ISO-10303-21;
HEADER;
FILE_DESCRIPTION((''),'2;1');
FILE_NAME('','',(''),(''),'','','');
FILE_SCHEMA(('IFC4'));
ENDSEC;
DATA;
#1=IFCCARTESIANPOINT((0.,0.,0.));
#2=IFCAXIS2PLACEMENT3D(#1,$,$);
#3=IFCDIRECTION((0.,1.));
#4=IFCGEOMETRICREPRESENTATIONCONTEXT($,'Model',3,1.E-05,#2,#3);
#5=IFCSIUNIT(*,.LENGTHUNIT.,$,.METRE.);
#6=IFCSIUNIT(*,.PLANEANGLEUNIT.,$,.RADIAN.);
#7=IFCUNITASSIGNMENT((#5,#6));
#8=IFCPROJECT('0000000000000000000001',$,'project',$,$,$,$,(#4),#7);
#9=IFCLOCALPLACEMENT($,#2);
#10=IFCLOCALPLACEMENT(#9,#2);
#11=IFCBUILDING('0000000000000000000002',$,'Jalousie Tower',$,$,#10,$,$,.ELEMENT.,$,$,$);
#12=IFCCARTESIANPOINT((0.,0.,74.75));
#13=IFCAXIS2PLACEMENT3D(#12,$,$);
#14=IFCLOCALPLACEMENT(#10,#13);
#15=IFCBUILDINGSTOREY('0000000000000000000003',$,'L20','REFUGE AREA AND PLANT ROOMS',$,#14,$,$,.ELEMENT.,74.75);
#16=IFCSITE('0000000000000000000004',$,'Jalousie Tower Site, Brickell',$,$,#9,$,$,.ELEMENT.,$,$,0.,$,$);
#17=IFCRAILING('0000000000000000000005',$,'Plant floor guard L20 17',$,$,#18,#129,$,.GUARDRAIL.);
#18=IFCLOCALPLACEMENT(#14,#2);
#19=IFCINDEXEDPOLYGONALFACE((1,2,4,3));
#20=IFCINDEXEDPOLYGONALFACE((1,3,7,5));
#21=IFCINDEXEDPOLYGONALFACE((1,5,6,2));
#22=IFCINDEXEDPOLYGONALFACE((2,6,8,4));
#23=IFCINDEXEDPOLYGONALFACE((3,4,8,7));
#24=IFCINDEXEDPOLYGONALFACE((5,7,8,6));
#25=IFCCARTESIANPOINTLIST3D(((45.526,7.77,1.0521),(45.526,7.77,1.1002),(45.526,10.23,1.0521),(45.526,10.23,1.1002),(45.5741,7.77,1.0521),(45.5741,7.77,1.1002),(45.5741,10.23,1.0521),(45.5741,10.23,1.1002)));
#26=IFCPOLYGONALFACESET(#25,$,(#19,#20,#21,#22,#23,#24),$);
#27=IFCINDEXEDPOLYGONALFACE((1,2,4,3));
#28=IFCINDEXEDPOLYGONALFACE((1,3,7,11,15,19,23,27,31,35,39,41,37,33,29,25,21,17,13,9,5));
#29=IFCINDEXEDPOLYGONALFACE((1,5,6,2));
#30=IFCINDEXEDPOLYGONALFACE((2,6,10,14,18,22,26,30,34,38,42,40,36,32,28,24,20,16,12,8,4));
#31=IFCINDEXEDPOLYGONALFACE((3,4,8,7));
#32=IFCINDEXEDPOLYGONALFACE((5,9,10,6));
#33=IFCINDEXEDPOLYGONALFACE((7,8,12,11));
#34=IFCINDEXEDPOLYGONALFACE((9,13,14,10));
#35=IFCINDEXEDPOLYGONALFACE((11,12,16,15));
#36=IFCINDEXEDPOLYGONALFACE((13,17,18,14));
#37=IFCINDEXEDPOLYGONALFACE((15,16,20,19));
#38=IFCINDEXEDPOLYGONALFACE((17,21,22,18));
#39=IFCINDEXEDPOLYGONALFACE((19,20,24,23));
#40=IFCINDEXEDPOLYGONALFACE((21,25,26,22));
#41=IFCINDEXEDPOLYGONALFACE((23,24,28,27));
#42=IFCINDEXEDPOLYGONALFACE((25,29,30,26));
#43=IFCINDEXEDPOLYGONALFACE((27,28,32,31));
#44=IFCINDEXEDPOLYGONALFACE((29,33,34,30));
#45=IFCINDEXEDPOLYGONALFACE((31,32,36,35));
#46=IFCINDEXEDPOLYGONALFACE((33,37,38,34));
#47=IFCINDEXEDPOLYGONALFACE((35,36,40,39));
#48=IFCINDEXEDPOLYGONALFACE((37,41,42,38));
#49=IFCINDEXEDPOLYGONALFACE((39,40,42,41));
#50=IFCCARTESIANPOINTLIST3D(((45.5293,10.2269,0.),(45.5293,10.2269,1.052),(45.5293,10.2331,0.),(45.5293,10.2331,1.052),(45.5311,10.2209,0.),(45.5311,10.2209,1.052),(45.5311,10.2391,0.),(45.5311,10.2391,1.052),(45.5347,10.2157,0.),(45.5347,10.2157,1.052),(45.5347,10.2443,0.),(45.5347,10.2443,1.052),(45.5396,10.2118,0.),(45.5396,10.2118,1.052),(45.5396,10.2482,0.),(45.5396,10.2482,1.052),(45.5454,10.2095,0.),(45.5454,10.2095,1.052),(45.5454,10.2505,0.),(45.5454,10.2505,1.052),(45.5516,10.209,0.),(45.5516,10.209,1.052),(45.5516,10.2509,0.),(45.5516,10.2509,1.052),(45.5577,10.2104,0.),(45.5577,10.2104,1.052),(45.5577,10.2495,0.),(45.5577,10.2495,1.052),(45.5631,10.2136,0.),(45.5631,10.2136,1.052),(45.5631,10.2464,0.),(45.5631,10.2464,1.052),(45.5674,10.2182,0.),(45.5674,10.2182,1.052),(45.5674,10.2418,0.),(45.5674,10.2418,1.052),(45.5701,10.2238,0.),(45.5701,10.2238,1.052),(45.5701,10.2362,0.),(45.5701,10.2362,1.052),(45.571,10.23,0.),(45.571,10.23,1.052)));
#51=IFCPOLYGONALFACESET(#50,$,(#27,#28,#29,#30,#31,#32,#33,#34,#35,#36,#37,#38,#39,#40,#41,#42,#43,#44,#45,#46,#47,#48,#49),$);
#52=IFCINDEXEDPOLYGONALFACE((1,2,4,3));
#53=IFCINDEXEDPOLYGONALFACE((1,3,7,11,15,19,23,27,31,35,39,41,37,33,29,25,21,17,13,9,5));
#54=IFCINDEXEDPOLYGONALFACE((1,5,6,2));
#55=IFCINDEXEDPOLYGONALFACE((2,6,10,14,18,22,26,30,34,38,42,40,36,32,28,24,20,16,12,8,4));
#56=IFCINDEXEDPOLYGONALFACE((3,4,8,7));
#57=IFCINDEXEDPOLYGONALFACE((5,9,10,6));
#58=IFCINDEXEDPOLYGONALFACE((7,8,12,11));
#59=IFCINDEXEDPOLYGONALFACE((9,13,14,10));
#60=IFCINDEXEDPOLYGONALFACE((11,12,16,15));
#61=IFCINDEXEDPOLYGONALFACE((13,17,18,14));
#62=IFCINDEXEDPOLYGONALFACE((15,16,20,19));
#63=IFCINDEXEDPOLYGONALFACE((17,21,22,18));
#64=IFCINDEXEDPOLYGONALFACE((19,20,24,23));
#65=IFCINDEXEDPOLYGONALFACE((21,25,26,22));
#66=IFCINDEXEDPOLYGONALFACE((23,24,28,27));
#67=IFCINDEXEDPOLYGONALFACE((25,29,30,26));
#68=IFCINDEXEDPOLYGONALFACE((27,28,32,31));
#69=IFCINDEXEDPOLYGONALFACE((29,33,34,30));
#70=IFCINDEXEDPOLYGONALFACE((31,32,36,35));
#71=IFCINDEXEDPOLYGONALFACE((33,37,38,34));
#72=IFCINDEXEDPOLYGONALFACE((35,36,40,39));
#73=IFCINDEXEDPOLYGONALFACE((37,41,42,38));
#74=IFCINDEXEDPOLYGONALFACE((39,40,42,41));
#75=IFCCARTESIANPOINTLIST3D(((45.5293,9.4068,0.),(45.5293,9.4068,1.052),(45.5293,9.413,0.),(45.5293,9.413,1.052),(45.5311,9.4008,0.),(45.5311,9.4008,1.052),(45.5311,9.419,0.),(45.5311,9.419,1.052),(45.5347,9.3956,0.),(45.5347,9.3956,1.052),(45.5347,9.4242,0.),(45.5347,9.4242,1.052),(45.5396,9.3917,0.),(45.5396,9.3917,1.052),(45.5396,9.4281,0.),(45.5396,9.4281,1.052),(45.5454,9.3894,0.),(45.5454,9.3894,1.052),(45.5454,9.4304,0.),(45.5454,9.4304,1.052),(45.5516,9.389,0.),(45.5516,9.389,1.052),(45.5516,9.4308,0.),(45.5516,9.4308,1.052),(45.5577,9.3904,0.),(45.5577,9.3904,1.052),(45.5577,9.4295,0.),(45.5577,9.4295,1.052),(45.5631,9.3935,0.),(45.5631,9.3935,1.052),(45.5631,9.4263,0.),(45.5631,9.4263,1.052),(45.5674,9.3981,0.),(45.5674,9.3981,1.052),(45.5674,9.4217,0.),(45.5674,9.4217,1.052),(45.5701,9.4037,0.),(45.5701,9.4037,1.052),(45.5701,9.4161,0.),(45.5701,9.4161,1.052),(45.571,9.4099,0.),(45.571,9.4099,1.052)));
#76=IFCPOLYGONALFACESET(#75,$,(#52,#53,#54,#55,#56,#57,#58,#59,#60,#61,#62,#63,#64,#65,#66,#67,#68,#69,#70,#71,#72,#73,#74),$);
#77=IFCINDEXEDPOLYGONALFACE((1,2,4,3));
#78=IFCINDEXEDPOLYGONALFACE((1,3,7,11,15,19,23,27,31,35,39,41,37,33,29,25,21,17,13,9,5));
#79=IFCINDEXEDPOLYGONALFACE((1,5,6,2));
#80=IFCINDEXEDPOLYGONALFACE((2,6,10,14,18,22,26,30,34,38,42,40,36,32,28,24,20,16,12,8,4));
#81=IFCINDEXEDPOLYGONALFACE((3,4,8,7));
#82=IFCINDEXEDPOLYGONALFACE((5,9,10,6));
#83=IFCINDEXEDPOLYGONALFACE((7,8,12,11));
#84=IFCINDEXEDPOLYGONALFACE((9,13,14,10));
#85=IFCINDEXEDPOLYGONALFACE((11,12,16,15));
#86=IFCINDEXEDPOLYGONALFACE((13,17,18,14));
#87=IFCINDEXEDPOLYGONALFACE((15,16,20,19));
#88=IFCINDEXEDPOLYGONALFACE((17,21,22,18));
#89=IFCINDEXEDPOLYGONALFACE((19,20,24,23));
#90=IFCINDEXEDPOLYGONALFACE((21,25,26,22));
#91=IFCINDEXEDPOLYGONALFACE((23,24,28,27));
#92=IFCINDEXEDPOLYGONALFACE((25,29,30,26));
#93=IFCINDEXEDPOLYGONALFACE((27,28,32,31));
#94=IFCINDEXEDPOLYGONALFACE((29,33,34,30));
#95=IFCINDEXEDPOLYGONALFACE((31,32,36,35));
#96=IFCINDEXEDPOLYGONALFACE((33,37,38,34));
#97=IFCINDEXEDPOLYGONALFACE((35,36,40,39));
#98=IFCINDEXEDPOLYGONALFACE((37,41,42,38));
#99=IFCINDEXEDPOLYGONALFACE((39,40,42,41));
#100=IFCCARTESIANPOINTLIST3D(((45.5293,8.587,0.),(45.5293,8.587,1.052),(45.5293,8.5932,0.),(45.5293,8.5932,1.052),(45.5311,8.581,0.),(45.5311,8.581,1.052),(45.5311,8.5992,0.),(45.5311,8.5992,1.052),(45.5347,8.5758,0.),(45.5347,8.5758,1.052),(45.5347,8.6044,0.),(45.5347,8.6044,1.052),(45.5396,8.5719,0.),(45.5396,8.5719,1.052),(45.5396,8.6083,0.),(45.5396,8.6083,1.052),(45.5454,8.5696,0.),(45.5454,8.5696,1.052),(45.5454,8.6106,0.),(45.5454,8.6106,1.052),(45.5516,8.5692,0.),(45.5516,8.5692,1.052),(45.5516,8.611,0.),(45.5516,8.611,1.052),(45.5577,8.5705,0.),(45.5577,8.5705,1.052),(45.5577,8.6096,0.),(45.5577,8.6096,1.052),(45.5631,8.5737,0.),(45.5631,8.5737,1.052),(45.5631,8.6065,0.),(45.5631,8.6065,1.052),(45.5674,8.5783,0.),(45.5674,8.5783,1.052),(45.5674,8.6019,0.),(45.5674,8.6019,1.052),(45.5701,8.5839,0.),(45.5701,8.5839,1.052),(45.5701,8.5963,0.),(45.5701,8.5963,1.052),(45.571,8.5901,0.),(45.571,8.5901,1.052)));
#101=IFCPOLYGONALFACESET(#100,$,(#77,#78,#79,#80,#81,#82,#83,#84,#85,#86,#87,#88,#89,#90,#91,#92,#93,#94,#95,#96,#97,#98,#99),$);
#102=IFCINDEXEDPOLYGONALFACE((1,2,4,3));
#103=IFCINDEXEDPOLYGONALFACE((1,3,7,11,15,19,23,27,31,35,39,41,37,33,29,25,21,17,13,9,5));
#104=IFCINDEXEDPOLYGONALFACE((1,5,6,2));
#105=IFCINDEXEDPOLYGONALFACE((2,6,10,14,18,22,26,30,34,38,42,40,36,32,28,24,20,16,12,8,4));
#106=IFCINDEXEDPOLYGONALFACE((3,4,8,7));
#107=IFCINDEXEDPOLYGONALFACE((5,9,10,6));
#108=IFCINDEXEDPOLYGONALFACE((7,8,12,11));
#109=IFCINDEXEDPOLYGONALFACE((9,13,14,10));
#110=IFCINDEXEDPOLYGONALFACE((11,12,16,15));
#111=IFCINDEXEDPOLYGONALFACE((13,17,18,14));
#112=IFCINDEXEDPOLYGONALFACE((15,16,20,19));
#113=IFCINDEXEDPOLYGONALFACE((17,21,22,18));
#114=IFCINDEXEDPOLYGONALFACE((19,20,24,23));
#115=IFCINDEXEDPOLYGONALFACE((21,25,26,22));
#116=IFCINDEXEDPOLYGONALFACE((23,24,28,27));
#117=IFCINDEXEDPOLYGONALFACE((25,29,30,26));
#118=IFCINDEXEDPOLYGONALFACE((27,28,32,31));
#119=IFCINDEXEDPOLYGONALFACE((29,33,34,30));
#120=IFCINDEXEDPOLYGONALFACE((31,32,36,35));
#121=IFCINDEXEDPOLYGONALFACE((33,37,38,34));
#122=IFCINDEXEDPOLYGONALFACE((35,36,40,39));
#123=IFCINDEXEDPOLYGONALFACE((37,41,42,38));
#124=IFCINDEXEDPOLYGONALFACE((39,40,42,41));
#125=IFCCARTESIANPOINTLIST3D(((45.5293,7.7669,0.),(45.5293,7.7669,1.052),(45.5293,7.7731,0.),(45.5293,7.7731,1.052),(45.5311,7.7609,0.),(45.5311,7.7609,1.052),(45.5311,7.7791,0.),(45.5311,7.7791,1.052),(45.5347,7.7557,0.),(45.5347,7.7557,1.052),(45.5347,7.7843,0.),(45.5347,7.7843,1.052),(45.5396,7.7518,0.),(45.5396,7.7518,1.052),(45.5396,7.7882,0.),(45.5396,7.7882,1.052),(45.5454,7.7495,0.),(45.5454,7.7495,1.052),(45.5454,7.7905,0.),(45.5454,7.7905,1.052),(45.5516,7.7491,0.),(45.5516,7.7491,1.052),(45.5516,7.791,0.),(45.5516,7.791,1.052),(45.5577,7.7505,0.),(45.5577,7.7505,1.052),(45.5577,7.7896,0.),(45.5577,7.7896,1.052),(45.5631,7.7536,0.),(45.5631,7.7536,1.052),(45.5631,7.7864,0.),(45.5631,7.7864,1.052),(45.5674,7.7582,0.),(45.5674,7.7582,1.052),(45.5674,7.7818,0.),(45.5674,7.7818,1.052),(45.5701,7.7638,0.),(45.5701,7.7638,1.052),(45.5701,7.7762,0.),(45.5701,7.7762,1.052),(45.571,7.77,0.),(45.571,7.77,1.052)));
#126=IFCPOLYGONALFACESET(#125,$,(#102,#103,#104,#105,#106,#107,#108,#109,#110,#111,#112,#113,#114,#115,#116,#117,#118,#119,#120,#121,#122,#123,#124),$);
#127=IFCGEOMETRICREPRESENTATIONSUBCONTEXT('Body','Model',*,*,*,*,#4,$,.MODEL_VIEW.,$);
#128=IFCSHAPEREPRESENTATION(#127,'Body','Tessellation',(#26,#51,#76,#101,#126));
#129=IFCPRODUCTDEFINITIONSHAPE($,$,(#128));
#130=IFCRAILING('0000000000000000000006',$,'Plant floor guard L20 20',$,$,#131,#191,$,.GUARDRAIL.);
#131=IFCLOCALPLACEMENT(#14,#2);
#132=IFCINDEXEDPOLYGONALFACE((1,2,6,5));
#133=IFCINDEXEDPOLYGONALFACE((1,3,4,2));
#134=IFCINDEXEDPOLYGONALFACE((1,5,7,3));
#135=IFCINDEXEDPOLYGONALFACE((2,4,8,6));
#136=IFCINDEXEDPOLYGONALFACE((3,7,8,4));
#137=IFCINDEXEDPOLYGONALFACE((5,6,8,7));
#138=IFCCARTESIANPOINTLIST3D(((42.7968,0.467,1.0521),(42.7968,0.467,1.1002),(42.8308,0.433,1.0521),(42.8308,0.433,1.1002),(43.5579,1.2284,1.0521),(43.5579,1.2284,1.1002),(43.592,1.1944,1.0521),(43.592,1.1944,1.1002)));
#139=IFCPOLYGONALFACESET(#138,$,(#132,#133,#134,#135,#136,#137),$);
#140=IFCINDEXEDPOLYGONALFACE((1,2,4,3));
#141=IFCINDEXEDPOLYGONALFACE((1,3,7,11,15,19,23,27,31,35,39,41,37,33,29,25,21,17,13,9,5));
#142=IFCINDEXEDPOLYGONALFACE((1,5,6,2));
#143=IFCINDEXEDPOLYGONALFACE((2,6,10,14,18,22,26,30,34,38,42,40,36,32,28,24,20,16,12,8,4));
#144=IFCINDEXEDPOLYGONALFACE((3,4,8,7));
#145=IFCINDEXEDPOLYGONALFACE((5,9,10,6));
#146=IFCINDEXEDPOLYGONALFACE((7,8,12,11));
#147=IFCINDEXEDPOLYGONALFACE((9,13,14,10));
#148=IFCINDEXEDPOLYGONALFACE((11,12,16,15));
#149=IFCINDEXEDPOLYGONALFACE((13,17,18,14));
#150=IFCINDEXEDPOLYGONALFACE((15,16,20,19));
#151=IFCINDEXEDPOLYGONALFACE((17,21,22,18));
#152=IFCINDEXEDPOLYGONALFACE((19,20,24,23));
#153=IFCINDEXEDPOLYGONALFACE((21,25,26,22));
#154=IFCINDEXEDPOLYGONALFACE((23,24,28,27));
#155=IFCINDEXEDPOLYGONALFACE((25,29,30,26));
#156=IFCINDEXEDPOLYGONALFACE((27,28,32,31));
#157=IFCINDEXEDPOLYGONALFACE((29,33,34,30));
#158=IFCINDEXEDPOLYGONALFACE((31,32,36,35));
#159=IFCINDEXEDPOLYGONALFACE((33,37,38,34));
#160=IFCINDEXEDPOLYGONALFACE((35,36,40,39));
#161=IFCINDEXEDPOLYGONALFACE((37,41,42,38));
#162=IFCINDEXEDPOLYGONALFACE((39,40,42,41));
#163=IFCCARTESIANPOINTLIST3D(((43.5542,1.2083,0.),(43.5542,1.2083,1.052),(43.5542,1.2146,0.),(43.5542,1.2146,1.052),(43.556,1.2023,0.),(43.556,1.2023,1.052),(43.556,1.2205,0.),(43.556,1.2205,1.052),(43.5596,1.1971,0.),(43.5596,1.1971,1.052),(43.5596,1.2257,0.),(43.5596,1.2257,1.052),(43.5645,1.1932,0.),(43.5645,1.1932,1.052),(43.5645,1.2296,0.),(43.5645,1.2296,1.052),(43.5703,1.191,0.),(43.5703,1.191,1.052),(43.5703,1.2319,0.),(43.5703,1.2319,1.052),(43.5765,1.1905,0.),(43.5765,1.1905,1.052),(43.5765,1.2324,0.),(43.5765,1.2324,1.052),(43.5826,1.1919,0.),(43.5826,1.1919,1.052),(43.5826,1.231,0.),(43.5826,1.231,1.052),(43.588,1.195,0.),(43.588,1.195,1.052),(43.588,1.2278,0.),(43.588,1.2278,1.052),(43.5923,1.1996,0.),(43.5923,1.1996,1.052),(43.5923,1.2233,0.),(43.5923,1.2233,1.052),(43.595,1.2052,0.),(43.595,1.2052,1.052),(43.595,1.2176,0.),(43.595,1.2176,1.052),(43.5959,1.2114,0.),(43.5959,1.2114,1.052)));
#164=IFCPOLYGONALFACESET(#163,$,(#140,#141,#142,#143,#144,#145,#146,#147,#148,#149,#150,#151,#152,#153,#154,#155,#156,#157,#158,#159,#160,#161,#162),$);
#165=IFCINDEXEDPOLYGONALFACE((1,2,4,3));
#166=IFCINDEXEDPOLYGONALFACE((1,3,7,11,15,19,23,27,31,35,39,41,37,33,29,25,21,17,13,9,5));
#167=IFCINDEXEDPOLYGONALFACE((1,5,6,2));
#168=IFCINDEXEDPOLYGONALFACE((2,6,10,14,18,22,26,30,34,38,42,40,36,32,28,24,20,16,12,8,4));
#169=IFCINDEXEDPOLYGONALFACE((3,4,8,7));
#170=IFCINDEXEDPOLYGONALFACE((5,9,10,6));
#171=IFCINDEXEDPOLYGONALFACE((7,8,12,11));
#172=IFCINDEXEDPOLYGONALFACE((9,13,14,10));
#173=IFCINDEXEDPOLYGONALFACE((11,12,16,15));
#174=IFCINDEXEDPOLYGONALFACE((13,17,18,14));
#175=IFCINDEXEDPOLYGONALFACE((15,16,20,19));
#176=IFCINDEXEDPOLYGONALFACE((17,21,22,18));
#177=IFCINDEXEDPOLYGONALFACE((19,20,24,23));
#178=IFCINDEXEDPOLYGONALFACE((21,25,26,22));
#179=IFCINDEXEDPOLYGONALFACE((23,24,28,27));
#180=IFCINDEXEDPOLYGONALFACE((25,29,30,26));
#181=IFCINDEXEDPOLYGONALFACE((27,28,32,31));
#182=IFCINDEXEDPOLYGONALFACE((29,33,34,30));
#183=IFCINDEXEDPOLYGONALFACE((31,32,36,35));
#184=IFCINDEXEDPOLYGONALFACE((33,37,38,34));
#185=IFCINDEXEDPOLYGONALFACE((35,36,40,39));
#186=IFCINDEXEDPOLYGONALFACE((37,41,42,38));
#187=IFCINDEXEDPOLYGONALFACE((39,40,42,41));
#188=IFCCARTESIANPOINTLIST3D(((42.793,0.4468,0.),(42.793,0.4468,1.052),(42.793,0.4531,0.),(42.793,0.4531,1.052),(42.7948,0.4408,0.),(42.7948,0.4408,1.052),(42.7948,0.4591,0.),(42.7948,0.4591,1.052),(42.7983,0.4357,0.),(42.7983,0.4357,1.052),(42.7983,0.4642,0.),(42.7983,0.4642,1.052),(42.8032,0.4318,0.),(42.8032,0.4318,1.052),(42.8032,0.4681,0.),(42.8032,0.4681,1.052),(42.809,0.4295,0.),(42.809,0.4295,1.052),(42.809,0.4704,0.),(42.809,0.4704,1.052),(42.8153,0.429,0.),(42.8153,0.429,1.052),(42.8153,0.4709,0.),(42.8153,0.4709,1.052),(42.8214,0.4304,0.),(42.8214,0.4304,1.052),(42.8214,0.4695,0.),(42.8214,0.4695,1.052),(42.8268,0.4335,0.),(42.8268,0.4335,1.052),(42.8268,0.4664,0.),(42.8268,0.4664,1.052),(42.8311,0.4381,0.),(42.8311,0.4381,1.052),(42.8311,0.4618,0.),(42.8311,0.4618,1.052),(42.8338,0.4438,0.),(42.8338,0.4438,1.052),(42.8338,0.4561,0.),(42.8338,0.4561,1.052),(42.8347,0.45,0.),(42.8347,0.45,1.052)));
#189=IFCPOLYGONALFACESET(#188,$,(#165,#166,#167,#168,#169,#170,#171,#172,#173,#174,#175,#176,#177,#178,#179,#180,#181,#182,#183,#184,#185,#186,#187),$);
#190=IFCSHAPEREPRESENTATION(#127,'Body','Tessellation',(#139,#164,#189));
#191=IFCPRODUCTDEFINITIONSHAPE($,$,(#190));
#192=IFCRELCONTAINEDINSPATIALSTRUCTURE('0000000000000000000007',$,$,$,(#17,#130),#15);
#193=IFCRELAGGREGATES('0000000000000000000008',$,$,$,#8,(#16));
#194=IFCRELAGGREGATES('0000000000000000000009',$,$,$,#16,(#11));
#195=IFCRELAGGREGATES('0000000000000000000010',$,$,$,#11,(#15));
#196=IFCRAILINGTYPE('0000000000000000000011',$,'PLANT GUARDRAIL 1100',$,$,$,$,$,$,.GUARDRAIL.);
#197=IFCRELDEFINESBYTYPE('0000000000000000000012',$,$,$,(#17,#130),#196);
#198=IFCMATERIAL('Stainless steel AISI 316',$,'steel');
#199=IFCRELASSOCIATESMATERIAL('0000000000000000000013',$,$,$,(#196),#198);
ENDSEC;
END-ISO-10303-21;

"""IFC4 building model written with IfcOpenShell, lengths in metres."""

from ifc_helpers import new_model, si_unit, direction, frame, origin, origin_2d, place, context, subcontext, project, spatial, rectangle, circle, extrude, material, type_object, element, save


model = new_model("IFC4")

# Units and contexts
model_context = context("Model", 3, precision=1e-05, world=origin(), true_north=direction((0.0, 1.0)))
body_context = subcontext(model_context, "Body", "Model", "MODEL_VIEW")
ifc_project = project(units=[si_unit("LENGTHUNIT", "METRE"), si_unit("PLANEANGLEUNIT", "RADIAN")], contexts=[model_context])

# Site, building, storey
site_placement = place(None, origin())
site = spatial("IfcSite", under=ifc_project, at=site_placement, Name="Jalousie Tower Site, Brickell", CompositionType="ELEMENT", RefElevation=0.0)
building_placement = place(site_placement, origin())
building = spatial("IfcBuilding", under=site, at=building_placement, Name="Jalousie Tower", CompositionType="ELEMENT")
storey_placement = place(building_placement, frame((0.0, 0.0, 74.75)))
storey = spatial("IfcBuildingStorey", under=building, at=storey_placement, Name="L20", Description="REFUGE AREA AND PLANT ROOMS", CompositionType="ELEMENT", Elevation=74.75)

# Railings
ifc_material_1 = material(Name="Stainless steel AISI 316", Category="steel")
railing_type_1 = type_object("IfcRailingType", Name="PLANT GUARDRAIL 1100", PredefinedType="GUARDRAIL", material=ifc_material_1)
railing_1_placement = place(storey_placement, frame((45.55, 10.23, 0.0)))
element("IfcRailing", 1, at=railing_1_placement, inside=storey, type_object=railing_type_1, Name="Plant floor guard L20 17", PredefinedType="GUARDRAIL", context=body_context, shape_type="SweptSolid", body=[
    extrude(rectangle(XDim=0.0481, YDim=0.0481, at=origin_2d()), frame((0.0, 0.0, 1.0762), z_axis=(0.0, -1.0, 0.0), x_axis=(1.0, 0.0, 0.0)), (0.0, 0.0, 1.0), 2.46),
    extrude(circle(Radius=0.021, at=origin_2d()), origin(), (0.0, 0.0, 1.0), 1.052),
    extrude(circle(Radius=0.021, at=origin_2d()), frame((0.0, -0.8201, 0.0)), (0.0, 0.0, 1.0), 1.052),
    extrude(circle(Radius=0.021, at=origin_2d()), frame((0.0, -1.6399, 0.0)), (0.0, 0.0, 1.0), 1.052),
    extrude(circle(Radius=0.021, at=origin_2d()), frame((0.0, -2.46, 0.0)), (0.0, 0.0, 1.0), 1.052),
])
railing_2_placement = place(storey_placement, frame((43.575, 1.2114, 0.0)))
element("IfcRailing", 2, at=railing_2_placement, inside=storey, type_object=railing_type_1, Name="Plant floor guard L20 20", PredefinedType="GUARDRAIL", context=body_context, shape_type="SweptSolid", body=[
    extrude(rectangle(XDim=0.0481, YDim=0.0481, at=origin_2d()), frame((0.0, 0.0, 1.0762), z_axis=(-0.706993, -0.70722, 0.0), x_axis=(0.70722, -0.706993, 0.0)), (0.0, 0.0, 1.0), 1.0767),
    extrude(circle(Radius=0.021, at=origin_2d()), origin(), (0.0, 0.0, 1.0), 1.052),
    extrude(circle(Radius=0.021, at=origin_2d()), frame((-0.7612, -0.7615, 0.0)), (0.0, 0.0, 1.0), 1.052),
])

save(model, "model.ifc")
